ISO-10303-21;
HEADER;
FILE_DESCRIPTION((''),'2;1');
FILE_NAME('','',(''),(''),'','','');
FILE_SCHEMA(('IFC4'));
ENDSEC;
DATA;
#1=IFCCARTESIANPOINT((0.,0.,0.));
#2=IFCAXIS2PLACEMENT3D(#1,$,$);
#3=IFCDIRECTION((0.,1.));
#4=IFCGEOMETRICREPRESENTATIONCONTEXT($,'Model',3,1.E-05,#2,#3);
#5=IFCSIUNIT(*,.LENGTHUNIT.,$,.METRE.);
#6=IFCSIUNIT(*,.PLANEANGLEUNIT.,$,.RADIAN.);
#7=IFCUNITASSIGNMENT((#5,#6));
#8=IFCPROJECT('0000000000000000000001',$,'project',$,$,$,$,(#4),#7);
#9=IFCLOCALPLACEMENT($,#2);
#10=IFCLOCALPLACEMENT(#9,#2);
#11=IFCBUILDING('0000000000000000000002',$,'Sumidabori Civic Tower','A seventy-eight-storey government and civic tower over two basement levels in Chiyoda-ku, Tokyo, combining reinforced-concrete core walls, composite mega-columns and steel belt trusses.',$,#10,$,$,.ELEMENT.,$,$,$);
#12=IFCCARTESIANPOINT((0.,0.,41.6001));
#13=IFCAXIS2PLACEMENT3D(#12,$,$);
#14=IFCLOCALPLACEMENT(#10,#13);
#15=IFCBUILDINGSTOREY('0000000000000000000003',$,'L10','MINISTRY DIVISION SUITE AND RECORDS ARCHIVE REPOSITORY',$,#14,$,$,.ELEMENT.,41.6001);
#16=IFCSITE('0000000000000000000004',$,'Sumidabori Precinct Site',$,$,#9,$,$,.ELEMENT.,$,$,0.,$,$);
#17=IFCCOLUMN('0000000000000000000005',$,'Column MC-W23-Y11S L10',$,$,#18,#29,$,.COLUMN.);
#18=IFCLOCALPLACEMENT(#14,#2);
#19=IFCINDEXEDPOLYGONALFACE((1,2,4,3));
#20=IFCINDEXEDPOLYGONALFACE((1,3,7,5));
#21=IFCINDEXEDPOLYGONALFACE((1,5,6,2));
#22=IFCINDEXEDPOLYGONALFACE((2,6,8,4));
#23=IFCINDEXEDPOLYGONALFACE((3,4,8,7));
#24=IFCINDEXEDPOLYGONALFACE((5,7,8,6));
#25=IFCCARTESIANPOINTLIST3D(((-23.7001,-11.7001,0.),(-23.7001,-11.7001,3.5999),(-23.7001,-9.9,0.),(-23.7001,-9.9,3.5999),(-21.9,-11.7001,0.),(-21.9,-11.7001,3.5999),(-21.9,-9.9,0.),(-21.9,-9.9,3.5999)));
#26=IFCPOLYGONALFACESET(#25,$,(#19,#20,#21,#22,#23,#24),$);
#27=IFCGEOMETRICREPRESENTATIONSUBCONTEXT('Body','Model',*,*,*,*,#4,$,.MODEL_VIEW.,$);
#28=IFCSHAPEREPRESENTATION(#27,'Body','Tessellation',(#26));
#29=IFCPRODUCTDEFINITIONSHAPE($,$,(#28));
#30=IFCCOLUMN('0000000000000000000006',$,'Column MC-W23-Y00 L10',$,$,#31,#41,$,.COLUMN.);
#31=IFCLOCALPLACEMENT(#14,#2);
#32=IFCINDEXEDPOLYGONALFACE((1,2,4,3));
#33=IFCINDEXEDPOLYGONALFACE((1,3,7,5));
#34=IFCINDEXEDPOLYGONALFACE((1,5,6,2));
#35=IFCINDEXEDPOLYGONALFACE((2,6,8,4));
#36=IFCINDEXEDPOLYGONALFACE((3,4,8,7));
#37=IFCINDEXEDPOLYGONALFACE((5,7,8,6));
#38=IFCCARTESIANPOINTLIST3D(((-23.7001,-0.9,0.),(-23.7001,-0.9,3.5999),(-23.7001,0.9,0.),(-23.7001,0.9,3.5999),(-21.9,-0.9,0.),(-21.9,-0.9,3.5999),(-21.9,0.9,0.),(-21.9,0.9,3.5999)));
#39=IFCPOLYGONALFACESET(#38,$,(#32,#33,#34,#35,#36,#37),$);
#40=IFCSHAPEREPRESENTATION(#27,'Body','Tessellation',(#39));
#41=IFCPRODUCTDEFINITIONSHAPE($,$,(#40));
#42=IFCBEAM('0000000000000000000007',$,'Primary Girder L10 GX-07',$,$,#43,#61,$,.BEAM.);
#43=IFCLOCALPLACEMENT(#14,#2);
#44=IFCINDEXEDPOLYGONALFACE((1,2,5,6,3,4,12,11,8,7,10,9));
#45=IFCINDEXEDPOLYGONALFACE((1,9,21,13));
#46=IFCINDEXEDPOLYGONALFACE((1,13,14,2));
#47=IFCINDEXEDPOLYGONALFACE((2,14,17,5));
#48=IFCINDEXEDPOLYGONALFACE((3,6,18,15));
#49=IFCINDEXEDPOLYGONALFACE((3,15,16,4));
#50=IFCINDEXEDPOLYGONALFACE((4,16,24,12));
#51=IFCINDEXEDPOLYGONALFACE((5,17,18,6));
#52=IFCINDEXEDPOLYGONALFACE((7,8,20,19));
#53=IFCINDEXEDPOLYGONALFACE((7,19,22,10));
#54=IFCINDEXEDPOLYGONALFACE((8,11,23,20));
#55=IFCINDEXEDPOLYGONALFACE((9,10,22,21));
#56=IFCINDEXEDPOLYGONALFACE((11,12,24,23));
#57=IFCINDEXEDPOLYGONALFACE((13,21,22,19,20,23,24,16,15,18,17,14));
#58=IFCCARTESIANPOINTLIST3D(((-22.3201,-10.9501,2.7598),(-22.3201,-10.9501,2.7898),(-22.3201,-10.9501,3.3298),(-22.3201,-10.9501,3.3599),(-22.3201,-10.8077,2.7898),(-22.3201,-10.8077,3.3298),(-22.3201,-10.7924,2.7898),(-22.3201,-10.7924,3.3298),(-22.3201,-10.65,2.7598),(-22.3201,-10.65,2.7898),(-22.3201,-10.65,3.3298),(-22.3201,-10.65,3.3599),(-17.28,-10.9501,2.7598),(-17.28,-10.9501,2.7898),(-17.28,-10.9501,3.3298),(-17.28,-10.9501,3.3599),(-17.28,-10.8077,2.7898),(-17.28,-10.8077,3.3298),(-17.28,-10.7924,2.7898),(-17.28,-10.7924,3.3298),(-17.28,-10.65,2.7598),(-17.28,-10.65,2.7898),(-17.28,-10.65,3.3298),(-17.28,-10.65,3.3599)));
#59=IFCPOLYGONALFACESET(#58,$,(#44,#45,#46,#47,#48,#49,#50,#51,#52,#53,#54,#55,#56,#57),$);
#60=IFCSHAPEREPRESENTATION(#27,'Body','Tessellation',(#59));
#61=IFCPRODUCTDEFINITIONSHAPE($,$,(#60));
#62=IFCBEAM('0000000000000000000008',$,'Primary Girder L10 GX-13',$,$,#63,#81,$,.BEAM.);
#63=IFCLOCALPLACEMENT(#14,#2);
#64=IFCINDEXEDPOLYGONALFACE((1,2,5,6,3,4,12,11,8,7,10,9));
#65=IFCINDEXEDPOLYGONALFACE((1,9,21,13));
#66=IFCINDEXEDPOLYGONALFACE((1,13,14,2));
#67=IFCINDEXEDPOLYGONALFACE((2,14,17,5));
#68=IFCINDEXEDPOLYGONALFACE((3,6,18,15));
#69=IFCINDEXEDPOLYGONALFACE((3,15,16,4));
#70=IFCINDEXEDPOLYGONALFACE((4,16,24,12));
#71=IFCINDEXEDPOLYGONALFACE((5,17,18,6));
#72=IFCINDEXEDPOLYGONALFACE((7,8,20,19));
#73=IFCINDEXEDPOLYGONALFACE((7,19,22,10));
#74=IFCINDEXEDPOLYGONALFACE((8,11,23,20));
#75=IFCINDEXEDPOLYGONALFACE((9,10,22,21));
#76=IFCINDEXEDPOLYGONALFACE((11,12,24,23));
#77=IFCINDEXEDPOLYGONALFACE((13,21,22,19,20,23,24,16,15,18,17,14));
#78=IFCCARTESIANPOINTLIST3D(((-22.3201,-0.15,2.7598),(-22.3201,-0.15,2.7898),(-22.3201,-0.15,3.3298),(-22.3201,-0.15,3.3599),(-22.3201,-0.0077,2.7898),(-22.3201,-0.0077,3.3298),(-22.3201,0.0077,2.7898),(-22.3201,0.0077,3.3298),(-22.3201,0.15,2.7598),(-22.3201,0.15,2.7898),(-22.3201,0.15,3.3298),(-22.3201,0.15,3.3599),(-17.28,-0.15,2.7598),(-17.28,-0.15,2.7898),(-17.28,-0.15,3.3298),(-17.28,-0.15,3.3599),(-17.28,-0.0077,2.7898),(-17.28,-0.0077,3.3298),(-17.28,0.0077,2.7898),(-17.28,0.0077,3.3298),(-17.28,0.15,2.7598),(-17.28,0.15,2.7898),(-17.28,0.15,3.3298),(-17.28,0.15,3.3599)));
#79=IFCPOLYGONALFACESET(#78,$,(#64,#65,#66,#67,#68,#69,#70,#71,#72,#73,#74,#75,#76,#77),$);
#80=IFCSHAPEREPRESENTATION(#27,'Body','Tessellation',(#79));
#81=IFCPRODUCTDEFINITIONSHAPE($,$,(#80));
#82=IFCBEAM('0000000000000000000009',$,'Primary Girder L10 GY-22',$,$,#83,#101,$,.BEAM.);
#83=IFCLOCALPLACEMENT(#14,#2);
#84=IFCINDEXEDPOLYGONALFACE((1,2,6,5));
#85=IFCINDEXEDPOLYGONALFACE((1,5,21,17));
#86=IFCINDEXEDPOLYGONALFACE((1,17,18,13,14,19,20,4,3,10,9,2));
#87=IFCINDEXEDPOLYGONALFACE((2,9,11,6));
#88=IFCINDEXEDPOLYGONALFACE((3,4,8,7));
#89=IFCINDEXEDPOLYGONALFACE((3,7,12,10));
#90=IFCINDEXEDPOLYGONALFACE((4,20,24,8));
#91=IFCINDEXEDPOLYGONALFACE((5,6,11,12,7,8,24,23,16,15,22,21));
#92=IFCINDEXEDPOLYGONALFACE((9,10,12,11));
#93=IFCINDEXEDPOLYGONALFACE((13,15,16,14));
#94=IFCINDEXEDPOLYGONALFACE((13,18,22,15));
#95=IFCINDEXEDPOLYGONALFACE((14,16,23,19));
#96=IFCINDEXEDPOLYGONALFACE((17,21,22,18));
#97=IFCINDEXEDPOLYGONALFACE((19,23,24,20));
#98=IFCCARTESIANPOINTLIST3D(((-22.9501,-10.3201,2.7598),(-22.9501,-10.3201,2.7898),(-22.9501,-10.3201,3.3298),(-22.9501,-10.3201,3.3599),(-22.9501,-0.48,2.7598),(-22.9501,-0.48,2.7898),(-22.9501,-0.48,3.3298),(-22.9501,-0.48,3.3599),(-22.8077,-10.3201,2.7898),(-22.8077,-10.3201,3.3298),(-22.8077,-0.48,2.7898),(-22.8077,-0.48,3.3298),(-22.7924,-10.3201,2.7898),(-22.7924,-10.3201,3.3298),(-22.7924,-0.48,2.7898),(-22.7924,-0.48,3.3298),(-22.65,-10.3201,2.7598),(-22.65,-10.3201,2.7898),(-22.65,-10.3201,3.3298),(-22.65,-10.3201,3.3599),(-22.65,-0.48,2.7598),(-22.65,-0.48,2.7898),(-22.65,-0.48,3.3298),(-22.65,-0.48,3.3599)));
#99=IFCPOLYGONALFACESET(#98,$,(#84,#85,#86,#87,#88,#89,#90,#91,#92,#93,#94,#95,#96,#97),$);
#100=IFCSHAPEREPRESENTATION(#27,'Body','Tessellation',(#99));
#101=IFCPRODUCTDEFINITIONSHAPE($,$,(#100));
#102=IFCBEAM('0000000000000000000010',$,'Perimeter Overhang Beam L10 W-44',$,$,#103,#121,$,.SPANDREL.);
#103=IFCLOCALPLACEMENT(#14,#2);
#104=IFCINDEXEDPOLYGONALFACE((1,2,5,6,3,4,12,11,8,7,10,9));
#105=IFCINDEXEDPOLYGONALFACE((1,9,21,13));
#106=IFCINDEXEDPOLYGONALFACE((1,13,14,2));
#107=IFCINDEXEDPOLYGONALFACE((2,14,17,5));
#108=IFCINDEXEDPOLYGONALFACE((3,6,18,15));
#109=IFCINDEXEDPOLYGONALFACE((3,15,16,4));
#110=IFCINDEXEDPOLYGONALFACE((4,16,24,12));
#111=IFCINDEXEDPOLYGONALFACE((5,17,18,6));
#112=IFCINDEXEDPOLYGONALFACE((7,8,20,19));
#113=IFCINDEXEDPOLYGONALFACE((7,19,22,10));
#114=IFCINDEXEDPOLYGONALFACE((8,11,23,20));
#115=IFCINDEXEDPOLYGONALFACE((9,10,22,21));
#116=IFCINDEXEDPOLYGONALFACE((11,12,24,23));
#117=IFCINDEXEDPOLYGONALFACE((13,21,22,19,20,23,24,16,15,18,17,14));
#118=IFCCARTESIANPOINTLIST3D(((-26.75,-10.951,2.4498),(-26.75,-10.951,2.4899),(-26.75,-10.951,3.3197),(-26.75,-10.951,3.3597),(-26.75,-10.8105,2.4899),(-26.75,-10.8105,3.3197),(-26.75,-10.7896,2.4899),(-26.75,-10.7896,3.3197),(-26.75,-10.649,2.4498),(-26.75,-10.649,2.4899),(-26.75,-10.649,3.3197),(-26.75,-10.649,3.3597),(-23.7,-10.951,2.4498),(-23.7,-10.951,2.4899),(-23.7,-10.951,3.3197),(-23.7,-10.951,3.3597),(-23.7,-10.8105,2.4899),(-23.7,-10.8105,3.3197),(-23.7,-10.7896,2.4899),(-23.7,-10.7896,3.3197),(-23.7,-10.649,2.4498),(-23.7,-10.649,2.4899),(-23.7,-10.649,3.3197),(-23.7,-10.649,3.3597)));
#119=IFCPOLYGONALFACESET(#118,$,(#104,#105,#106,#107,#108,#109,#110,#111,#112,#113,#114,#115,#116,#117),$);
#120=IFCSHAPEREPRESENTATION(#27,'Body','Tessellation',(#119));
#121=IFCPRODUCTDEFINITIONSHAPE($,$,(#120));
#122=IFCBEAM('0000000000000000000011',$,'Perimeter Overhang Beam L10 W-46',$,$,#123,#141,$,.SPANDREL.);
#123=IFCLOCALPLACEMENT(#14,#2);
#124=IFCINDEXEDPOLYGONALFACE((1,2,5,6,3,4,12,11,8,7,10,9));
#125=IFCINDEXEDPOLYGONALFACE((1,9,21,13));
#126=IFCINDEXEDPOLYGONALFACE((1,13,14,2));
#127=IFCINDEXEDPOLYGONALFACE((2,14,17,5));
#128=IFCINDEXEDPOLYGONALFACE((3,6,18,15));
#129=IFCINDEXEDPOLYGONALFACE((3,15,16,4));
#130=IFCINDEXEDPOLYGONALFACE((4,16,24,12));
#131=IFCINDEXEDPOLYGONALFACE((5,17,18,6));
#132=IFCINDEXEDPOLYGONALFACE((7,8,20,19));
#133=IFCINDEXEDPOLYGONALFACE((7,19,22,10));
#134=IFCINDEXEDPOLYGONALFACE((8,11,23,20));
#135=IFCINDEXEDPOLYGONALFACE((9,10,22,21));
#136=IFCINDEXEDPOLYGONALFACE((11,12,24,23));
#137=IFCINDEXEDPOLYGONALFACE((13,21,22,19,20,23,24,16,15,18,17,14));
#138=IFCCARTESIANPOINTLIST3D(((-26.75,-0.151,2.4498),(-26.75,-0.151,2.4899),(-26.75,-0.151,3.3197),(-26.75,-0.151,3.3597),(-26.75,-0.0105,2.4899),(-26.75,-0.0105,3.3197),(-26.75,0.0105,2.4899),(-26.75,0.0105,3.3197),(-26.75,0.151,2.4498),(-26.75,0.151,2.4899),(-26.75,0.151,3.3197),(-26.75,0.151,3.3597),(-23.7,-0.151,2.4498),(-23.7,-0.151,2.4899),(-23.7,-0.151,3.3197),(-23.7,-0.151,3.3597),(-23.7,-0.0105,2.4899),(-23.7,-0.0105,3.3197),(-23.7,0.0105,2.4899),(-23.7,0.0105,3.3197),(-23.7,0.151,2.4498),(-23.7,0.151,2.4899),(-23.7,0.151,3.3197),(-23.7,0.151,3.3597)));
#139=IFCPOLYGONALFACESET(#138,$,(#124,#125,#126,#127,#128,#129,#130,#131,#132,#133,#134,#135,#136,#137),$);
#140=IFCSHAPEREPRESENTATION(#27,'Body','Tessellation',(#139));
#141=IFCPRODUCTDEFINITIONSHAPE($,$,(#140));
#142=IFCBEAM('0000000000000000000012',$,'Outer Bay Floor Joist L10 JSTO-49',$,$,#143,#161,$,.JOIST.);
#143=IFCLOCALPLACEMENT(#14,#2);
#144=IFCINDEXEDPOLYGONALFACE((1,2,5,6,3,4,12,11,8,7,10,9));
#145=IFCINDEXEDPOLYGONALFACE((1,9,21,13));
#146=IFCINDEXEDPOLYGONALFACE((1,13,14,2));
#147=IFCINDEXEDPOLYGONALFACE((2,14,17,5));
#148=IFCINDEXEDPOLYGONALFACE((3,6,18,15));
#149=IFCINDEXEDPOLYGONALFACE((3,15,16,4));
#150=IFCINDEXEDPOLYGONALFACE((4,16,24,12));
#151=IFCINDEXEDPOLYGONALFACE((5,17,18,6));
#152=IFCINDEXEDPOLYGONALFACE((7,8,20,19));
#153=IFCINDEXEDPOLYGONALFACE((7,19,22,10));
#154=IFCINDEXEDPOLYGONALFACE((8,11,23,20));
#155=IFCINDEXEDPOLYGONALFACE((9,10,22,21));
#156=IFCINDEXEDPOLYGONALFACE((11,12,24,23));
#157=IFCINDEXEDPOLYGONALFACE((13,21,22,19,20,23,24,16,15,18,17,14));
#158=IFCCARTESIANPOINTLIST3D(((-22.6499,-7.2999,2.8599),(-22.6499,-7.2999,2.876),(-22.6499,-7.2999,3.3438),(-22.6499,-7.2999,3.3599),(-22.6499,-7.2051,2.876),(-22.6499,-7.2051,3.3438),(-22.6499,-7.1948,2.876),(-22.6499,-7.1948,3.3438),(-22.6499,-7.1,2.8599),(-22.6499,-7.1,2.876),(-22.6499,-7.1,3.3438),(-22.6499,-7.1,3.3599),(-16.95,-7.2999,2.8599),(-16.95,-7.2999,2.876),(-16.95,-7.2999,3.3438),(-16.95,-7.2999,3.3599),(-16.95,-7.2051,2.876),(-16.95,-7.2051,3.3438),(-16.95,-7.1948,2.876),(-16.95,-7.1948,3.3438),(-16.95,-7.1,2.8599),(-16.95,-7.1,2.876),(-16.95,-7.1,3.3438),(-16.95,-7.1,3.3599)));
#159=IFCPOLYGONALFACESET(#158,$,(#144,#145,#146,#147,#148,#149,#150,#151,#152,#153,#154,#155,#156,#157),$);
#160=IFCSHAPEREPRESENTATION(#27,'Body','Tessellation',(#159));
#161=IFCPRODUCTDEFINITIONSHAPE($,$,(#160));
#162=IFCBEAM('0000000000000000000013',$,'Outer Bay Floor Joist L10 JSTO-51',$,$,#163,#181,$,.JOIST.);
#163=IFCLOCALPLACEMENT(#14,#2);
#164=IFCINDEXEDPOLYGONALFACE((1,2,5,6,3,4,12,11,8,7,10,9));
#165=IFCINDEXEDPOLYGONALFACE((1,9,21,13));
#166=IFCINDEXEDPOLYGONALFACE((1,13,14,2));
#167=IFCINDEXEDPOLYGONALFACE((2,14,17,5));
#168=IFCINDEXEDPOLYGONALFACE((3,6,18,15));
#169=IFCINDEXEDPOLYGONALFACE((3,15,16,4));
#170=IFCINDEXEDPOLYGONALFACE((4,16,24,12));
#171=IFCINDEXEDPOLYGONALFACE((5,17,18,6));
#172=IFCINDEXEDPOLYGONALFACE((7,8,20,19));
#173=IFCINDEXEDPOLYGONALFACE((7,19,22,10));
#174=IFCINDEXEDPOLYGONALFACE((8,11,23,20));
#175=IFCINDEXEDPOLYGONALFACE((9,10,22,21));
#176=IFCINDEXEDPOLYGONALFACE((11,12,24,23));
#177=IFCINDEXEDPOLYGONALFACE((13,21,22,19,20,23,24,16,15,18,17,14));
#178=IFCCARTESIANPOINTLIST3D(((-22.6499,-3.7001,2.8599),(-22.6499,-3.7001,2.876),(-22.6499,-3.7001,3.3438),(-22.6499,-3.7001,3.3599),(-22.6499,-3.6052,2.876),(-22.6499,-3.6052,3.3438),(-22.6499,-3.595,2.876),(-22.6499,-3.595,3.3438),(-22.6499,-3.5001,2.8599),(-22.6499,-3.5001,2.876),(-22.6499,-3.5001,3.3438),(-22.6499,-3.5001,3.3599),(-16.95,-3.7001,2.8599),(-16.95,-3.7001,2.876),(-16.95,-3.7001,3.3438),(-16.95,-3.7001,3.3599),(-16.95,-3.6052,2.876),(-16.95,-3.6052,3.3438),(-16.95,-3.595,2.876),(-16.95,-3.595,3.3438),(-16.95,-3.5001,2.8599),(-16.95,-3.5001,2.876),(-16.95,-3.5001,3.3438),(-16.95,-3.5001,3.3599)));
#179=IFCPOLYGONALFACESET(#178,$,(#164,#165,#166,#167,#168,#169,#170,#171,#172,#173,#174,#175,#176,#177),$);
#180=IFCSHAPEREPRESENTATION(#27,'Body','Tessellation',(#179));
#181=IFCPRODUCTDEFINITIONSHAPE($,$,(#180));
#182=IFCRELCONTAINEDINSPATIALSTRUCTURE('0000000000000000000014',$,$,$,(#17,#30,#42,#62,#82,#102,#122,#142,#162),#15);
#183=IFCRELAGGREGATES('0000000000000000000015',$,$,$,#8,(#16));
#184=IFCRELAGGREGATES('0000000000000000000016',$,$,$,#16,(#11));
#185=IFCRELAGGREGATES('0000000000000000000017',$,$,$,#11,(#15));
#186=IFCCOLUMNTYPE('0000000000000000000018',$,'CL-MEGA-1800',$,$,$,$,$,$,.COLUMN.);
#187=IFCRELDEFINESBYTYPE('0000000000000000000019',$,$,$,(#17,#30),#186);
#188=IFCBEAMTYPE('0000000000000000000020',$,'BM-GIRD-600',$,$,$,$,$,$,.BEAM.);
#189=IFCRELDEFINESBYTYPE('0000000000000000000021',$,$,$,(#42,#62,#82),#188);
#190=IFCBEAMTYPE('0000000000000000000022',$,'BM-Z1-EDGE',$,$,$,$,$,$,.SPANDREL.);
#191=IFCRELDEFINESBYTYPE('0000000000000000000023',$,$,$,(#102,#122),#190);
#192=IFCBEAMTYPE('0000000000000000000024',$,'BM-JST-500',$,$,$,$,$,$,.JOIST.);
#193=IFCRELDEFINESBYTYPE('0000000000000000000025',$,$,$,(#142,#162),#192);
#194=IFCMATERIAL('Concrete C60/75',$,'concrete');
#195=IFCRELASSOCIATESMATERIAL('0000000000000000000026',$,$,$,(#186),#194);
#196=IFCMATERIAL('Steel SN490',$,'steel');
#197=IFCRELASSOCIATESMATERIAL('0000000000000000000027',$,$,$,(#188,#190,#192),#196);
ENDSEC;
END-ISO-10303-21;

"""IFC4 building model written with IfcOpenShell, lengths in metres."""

from ifc_helpers import new_model, si_unit, direction, frame, origin, origin_2d, place, context, subcontext, project, spatial, rectangle, i_section, extrude, source, transform, mapped, material, material_profile, profile_set, type_object, element, save


model = new_model("IFC4")

# Units and contexts
model_context = context("Model", 3, precision=1e-05, world=origin(), true_north=direction((0.0, 1.0)))
body_context = subcontext(model_context, "Body", "Model", "MODEL_VIEW")
ifc_project = project(units=[si_unit("LENGTHUNIT", "METRE"), si_unit("PLANEANGLEUNIT", "RADIAN")], contexts=[model_context])

# Site, building, storey
site_placement = place(None, origin())
site = spatial("IfcSite", under=ifc_project, at=site_placement, Name="Sumidabori Precinct Site", CompositionType="ELEMENT", RefElevation=0.0)
building_placement = place(site_placement, origin())
building = spatial("IfcBuilding", under=site, at=building_placement, Name="Sumidabori Civic Tower", Description="A seventy-eight-storey government and civic tower over two basement levels in Chiyoda-ku, Tokyo, combining reinforced-concrete core walls, composite mega-columns and steel belt trusses.", CompositionType="ELEMENT")
storey_placement = place(building_placement, frame((0.0, 0.0, 41.6001)))
storey = spatial("IfcBuildingStorey", under=building, at=storey_placement, Name="L10", Description="MINISTRY DIVISION SUITE AND RECORDS ARCHIVE REPOSITORY", CompositionType="ELEMENT", Elevation=41.6001)

# Columns
ifc_material_1 = material(Name="Concrete C60/75", Category="concrete")
ifc_material_profile_1 = material_profile(ifc_material_1, rectangle(XDim=1.8, YDim=1.8, at=origin_2d()), Name="RC 1800x1800")
ifc_profile_set_1 = profile_set([ifc_material_profile_1], Name="Concrete C60/75")
column_type = type_object("IfcColumnType", Name="CL-MEGA-1800", PredefinedType="COLUMN", material=ifc_profile_set_1)
shared_shape_1 = source(origin(), body_context, "Body", "SweptSolid", [
    extrude(rectangle(XDim=1.8, YDim=1.8, at=origin_2d()), origin(), (0.0, 0.0, 1.0), 3.5999),
])
for number, where, z_axis, x_axis, name in (
    (1, (-22.8, -10.8, 0.0), (0.0, 0.0, 1.0), (1.0, 0.0, 0.0), "Column MC-W23-Y11S L10"),
    (2, (-22.8, 0.0, 0.0), (0.0, 0.0, 1.0), (1.0, 0.0, 0.0), "Column MC-W23-Y00 L10"),
):
    element("IfcColumn", number, at=place(storey_placement, frame(where, z_axis=z_axis, x_axis=x_axis)), inside=storey, type_object=column_type, Name=name, PredefinedType="COLUMN", context=body_context, shape_type="MappedRepresentation", body=[
        mapped(shared_shape_1, transform((0.0, 0.0, 0.0), x_axis=(1.0, 0.0, 0.0), y_axis=(0.0, 1.0, 0.0), z_axis=(0.0, 0.0, 1.0), scale=1.0)),
    ])

# Beams
ifc_material_2 = material(Name="Steel SN490", Category="steel")
ifc_material_profile_2 = material_profile(ifc_material_2, i_section(OverallWidth=0.3, OverallDepth=0.6001, WebThickness=0.0154, FlangeThickness=0.03, at=origin_2d()), Name="HE 600 B")
ifc_profile_set_2 = profile_set([ifc_material_profile_2], Name="Steel SN490")
beam_type_1 = type_object("IfcBeamType", Name="BM-GIRD-600", PredefinedType="BEAM", material=ifc_profile_set_2)
shared_shape_2 = source(origin(), body_context, "Body", "SweptSolid", [
    extrude(i_section(OverallWidth=0.3, OverallDepth=0.6001, WebThickness=0.0154, FlangeThickness=0.03, at=origin_2d()), origin(), (0.0, 0.0, 1.0), 5.04),
])
for number, where, z_axis, x_axis, name in (
    (3, (-22.3201, -10.8, 3.0598), (1.0, 0.0, 0.0), (0.0, 1.0, 0.0), "Primary Girder L10 GX-07"),
    (4, (-22.3201, 0.0, 3.0598), (1.0, 0.0, 0.0), (0.0, 1.0, 0.0), "Primary Girder L10 GX-13"),
):
    element("IfcBeam", number, at=place(storey_placement, frame(where, z_axis=z_axis, x_axis=x_axis)), inside=storey, type_object=beam_type_1, Name=name, PredefinedType="BEAM", context=body_context, shape_type="MappedRepresentation", body=[
        mapped(shared_shape_2, transform((0.0, 0.0, 0.0), x_axis=(1.0, 0.0, 0.0), y_axis=(0.0, 1.0, 0.0), z_axis=(0.0, 0.0, 1.0), scale=1.0)),
    ])
shared_shape_3 = source(origin(), body_context, "Body", "SweptSolid", [
    extrude(i_section(OverallWidth=0.3, OverallDepth=0.6001, WebThickness=0.0154, FlangeThickness=0.03, at=origin_2d()), origin(), (0.0, 0.0, 1.0), 9.8401),
])
beam_placement = place(storey_placement, frame((-22.8, -10.3201, 3.0598), z_axis=(0.0, 1.0, 0.0), x_axis=(-1.0, 0.0, 0.0)))
element("IfcBeam", 5, at=beam_placement, inside=storey, type_object=beam_type_1, Name="Primary Girder L10 GY-22", PredefinedType="BEAM", context=body_context, shape_type="MappedRepresentation", body=[
    mapped(shared_shape_3, transform((0.0, 0.0, 0.0), x_axis=(1.0, 0.0, 0.0), y_axis=(0.0, 1.0, 0.0), z_axis=(0.0, 0.0, 1.0), scale=1.0)),
])
ifc_material_profile_3 = material_profile(ifc_material_2, i_section(OverallWidth=0.302, OverallDepth=0.9099, WebThickness=0.021, FlangeThickness=0.04, at=origin_2d()), Name="HE 900 M")
ifc_profile_set_3 = profile_set([ifc_material_profile_3], Name="Steel SN490")
beam_type_2 = type_object("IfcBeamType", Name="BM-Z1-EDGE", PredefinedType="SPANDREL", material=ifc_profile_set_3)
shared_shape_4 = source(origin(), body_context, "Body", "SweptSolid", [
    extrude(i_section(OverallWidth=0.302, OverallDepth=0.9099, WebThickness=0.021, FlangeThickness=0.04, at=origin_2d()), origin(), (0.0, 0.0, 1.0), 3.05),
])
for number, where, z_axis, x_axis, name in (
    (6, (-26.75, -10.8, 2.9048), (1.0, 0.0, 0.0), (0.0, 1.0, 0.0), "Perimeter Overhang Beam L10 W-44"),
    (7, (-26.75, 0.0, 2.9048), (1.0, 0.0, 0.0), (0.0, 1.0, 0.0), "Perimeter Overhang Beam L10 W-46"),
):
    element("IfcBeam", number, at=place(storey_placement, frame(where, z_axis=z_axis, x_axis=x_axis)), inside=storey, type_object=beam_type_2, Name=name, PredefinedType="SPANDREL", context=body_context, shape_type="MappedRepresentation", body=[
        mapped(shared_shape_4, transform((0.0, 0.0, 0.0), x_axis=(1.0, 0.0, 0.0), y_axis=(0.0, 1.0, 0.0), z_axis=(0.0, 0.0, 1.0), scale=1.0)),
    ])
ifc_material_profile_4 = material_profile(ifc_material_2, i_section(OverallWidth=0.2, OverallDepth=0.5, WebThickness=0.0103, FlangeThickness=0.0161, at=origin_2d()), Name="IPE 500")
ifc_profile_set_4 = profile_set([ifc_material_profile_4], Name="Steel SN490")
beam_type_3 = type_object("IfcBeamType", Name="BM-JST-500", PredefinedType="JOIST", material=ifc_profile_set_4)
shared_shape_5 = source(origin(), body_context, "Body", "SweptSolid", [
    extrude(i_section(OverallWidth=0.2, OverallDepth=0.5, WebThickness=0.0103, FlangeThickness=0.0161, at=origin_2d()), origin(), (0.0, 0.0, 1.0), 5.7),
])
for number, where, z_axis, x_axis, name in (
    (8, (-22.6499, -7.2, 3.1099), (1.0, 0.0, 0.0), (0.0, 1.0, 0.0), "Outer Bay Floor Joist L10 JSTO-49"),
    (9, (-22.6499, -3.6001, 3.1099), (1.0, 0.0, 0.0), (0.0, 1.0, 0.0), "Outer Bay Floor Joist L10 JSTO-51"),
):
    element("IfcBeam", number, at=place(storey_placement, frame(where, z_axis=z_axis, x_axis=x_axis)), inside=storey, type_object=beam_type_3, Name=name, PredefinedType="JOIST", context=body_context, shape_type="MappedRepresentation", body=[
        mapped(shared_shape_5, transform((0.0, 0.0, 0.0), x_axis=(1.0, 0.0, 0.0), y_axis=(0.0, 1.0, 0.0), z_axis=(0.0, 0.0, 1.0), scale=1.0)),
    ])

save(model, "model.ifc")
